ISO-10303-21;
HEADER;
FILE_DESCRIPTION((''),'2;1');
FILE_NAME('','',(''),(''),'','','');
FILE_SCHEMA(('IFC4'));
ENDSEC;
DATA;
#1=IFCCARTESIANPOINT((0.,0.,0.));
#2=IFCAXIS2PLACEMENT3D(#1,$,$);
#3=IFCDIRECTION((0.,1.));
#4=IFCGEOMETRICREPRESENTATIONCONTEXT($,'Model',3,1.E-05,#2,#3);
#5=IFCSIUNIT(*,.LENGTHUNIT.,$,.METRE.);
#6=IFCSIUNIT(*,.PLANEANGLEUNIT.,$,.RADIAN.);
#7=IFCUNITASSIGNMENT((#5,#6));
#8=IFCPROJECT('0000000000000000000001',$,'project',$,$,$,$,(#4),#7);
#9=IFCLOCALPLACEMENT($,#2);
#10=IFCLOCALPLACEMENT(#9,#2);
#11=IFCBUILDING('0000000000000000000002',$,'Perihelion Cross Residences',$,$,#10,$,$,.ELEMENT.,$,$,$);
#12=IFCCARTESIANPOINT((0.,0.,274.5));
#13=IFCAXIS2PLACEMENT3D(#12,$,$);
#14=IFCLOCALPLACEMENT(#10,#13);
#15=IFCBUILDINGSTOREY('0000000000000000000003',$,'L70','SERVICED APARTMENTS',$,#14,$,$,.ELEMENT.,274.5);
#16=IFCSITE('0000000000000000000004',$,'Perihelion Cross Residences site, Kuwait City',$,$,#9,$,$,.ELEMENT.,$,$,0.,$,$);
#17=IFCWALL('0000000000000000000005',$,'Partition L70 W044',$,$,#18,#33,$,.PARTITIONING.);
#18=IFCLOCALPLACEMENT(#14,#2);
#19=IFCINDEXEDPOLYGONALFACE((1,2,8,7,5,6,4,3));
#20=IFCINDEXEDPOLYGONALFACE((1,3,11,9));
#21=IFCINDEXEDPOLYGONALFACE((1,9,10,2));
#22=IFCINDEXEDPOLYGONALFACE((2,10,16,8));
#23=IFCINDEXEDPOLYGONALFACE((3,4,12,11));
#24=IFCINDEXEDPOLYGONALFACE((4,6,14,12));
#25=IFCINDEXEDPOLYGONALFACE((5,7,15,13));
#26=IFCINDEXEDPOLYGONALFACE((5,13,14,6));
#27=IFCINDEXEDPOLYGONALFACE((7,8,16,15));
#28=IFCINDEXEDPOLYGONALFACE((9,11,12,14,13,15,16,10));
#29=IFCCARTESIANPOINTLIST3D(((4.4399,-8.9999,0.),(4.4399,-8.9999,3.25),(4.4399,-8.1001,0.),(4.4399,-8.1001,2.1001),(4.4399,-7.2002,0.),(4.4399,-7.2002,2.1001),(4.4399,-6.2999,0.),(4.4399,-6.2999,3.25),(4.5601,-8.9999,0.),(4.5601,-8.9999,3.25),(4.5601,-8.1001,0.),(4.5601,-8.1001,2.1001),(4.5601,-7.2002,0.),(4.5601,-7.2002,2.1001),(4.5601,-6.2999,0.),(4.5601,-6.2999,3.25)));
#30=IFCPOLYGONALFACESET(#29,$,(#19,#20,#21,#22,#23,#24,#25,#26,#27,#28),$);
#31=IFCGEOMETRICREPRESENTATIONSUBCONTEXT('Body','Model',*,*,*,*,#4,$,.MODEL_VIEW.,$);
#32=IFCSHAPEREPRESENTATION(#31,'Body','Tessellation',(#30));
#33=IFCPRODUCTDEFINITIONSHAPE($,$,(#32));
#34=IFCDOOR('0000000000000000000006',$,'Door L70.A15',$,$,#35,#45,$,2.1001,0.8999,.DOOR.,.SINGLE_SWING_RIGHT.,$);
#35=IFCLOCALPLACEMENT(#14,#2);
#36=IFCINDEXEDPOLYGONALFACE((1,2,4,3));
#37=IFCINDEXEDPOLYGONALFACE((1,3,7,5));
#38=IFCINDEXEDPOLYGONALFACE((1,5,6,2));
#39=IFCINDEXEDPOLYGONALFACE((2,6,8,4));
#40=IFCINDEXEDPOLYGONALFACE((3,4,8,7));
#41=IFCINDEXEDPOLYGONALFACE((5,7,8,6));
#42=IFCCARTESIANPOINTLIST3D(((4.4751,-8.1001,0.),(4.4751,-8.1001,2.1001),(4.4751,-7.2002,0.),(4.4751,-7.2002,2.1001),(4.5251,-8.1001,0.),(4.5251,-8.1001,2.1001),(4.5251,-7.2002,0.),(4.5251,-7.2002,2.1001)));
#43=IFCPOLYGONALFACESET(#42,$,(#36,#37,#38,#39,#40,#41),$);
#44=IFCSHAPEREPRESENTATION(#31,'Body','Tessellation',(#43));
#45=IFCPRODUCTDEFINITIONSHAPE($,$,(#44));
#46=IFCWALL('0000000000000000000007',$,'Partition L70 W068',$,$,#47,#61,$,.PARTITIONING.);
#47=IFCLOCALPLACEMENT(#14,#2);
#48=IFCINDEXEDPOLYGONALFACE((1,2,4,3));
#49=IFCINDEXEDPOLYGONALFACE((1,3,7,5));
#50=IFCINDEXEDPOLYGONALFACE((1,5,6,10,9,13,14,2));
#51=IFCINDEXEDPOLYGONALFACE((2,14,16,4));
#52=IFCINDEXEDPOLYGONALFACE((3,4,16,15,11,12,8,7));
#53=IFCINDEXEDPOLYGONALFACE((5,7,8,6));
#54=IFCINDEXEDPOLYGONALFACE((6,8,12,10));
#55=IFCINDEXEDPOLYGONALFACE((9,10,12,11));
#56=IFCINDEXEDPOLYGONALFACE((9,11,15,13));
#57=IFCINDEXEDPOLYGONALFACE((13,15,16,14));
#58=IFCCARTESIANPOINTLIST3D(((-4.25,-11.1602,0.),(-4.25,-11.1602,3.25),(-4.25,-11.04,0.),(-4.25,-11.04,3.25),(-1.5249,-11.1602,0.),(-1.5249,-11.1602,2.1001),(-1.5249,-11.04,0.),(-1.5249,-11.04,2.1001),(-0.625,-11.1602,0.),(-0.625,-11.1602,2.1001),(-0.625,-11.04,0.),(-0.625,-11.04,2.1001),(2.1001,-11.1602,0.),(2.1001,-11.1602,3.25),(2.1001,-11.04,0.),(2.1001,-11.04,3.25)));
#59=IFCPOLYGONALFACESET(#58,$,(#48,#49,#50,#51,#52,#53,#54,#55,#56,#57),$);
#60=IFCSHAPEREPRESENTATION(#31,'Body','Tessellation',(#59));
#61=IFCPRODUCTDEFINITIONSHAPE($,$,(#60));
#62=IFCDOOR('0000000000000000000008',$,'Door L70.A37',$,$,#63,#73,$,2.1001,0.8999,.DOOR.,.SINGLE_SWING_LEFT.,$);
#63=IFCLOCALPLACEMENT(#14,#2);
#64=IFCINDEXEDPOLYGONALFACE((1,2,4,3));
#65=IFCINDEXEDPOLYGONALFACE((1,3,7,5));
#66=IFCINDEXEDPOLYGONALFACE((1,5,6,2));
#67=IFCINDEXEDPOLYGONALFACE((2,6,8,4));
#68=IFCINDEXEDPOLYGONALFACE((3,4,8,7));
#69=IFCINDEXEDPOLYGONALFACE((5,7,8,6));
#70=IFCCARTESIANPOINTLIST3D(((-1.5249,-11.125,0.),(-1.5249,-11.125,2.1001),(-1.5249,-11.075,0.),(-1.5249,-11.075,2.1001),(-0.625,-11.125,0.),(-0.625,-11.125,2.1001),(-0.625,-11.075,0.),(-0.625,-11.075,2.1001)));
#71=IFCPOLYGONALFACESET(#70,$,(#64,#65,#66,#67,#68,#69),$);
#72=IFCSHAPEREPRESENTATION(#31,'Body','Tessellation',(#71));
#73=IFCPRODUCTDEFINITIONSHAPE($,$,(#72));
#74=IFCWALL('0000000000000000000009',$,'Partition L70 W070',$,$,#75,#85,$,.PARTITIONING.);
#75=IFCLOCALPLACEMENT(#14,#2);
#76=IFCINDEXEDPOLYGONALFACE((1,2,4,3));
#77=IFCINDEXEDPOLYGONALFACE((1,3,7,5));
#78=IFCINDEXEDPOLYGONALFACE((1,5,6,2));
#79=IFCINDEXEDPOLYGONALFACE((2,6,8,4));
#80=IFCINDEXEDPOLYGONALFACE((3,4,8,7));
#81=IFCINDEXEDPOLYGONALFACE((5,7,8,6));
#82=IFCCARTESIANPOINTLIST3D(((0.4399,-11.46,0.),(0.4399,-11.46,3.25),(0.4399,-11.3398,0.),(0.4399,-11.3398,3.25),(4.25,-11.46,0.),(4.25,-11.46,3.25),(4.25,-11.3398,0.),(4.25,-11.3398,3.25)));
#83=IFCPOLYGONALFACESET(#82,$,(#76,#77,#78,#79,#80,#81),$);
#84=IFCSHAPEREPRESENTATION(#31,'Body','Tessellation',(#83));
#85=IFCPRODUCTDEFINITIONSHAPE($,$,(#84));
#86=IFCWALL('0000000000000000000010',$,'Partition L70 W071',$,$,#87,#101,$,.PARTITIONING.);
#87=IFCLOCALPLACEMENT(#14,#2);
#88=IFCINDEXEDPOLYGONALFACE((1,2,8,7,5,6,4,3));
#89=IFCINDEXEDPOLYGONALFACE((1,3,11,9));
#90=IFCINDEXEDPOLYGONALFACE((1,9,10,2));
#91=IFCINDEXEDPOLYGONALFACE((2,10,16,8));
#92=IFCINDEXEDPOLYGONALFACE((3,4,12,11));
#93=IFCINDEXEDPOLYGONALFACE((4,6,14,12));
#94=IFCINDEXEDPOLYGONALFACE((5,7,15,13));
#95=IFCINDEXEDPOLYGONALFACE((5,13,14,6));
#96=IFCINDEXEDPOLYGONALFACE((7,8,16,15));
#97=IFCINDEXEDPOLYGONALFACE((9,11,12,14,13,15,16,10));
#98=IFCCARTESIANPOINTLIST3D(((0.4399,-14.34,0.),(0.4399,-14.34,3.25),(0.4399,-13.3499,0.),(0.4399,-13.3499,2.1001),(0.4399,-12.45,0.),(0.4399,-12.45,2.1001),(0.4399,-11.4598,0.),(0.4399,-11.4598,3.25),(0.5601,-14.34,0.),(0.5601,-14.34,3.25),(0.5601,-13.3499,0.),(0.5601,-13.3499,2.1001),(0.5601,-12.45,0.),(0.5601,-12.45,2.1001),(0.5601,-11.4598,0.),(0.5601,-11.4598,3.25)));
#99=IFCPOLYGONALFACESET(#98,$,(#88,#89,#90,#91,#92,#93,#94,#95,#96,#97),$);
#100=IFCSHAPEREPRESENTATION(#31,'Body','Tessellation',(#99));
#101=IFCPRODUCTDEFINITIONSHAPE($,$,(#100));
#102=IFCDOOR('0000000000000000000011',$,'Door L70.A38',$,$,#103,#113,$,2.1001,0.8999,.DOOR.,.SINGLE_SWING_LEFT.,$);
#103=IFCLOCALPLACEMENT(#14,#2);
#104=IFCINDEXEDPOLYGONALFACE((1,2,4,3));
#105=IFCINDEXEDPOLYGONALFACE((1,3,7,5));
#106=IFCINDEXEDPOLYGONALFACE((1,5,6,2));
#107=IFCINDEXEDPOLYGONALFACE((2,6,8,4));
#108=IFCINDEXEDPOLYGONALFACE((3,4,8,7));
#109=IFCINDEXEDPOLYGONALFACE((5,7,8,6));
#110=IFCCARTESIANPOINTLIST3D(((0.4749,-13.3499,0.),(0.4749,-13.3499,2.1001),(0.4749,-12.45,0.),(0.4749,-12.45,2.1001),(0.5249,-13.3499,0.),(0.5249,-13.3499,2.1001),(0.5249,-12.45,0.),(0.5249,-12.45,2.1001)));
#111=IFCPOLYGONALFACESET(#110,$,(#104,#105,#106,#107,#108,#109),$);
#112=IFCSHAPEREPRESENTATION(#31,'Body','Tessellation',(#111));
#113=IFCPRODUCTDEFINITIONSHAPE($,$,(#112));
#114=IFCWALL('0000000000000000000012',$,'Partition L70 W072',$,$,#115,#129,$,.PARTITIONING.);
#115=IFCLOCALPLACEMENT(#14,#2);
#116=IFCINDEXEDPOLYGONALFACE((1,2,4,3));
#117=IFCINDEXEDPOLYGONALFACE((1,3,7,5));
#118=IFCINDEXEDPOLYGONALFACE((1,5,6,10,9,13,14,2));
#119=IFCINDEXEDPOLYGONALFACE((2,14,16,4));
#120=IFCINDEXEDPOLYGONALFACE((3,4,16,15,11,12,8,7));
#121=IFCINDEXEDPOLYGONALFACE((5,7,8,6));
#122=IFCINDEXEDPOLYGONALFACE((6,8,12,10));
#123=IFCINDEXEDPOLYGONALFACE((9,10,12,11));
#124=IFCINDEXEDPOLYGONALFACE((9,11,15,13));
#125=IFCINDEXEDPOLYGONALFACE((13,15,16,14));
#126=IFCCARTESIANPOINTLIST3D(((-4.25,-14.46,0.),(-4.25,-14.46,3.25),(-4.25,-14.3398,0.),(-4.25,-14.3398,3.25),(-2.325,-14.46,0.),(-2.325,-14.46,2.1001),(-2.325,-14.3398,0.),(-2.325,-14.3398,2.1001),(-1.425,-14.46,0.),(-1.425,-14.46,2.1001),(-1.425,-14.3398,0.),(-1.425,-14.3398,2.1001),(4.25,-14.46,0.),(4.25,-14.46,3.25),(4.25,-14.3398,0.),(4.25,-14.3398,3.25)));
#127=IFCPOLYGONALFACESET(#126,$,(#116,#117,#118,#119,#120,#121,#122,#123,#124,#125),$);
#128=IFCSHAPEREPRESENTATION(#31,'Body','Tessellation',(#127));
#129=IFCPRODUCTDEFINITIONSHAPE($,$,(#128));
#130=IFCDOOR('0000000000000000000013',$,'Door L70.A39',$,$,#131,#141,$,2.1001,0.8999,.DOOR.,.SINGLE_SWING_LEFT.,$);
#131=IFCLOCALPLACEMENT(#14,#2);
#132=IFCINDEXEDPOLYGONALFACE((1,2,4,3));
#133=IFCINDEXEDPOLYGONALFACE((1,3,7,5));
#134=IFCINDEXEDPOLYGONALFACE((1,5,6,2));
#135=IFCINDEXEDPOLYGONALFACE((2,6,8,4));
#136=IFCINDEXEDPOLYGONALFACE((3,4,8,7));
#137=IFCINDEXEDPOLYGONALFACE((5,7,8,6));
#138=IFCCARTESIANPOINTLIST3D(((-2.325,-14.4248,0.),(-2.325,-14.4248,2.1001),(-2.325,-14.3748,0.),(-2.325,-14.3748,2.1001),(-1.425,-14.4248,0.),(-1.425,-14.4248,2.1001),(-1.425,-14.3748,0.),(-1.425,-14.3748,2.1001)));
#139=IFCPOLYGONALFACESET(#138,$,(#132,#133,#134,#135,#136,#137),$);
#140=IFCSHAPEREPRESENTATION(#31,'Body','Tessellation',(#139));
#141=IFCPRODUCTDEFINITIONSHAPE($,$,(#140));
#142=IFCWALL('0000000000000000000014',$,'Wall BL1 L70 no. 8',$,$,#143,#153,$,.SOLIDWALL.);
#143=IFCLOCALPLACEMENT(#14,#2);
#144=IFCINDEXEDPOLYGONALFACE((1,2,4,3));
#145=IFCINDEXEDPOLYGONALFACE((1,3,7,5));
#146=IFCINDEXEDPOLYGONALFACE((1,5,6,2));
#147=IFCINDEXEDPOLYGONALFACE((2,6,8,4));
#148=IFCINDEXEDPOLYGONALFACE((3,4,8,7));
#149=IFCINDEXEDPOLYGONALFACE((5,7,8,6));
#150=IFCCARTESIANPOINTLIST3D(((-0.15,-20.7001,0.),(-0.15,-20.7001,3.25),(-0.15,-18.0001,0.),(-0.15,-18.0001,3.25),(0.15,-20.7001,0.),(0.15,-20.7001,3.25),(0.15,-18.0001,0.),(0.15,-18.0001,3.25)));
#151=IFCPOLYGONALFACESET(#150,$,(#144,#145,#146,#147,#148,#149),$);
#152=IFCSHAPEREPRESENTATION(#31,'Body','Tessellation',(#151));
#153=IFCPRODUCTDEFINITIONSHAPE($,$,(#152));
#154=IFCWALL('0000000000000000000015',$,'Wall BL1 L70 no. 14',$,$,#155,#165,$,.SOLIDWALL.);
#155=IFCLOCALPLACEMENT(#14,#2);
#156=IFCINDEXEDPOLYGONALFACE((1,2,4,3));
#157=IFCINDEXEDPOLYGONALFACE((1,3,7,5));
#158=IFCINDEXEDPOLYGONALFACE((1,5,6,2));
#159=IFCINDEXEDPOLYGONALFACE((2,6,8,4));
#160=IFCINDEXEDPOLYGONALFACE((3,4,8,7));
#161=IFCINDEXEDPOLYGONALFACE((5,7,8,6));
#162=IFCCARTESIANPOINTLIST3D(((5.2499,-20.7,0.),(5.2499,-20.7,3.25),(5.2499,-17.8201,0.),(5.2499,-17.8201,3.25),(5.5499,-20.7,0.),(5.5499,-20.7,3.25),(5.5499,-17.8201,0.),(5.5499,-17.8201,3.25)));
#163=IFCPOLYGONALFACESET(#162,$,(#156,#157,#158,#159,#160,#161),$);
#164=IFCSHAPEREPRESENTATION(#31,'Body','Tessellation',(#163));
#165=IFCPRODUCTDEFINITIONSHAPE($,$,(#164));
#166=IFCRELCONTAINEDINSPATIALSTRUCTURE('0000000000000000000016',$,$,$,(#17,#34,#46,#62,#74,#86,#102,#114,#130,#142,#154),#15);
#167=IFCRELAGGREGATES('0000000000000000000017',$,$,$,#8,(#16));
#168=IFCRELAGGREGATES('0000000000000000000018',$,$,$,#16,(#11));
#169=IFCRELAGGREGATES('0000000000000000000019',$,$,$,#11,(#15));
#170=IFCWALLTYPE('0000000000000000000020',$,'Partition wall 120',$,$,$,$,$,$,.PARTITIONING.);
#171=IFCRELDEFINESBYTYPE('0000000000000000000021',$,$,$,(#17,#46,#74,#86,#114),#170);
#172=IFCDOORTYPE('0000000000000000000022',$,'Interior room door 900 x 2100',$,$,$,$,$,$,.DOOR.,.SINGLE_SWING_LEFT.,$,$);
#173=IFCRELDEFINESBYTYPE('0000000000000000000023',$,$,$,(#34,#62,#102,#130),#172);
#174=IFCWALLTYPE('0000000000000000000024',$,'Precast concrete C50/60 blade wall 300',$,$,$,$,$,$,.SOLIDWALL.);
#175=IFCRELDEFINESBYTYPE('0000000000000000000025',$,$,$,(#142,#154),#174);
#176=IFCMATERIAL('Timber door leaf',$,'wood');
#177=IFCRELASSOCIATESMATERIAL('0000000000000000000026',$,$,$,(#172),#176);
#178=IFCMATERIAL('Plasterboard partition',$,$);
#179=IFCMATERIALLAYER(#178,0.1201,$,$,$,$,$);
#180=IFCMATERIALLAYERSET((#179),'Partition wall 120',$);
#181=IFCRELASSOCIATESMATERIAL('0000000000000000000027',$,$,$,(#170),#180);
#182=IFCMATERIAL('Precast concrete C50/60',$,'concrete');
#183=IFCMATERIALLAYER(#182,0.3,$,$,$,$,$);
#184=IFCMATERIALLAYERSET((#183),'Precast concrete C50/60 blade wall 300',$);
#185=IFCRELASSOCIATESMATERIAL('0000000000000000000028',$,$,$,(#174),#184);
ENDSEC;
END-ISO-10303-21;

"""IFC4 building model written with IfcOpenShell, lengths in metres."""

from ifc_helpers import new_model, si_unit, direction, frame, frame_2d, origin, place, context, subcontext, project, spatial, rectangle, extrude, material, layer, layer_set, type_object, element, fill, save


model = new_model("IFC4")

# Units and contexts
model_context = context("Model", 3, precision=1e-05, world=origin(), true_north=direction((0.0, 1.0)))
body_context = subcontext(model_context, "Body", "Model", "MODEL_VIEW")
ifc_project = project(units=[si_unit("LENGTHUNIT", "METRE"), si_unit("PLANEANGLEUNIT", "RADIAN")], contexts=[model_context])

# Site, building, storey
site_placement = place(None, origin())
site = spatial("IfcSite", under=ifc_project, at=site_placement, Name="Perihelion Cross Residences site, Kuwait City", CompositionType="ELEMENT", RefElevation=0.0)
building_placement = place(site_placement, origin())
building = spatial("IfcBuilding", under=site, at=building_placement, Name="Perihelion Cross Residences", CompositionType="ELEMENT")
storey_placement = place(building_placement, frame((0.0, 0.0, 274.5)))
storey = spatial("IfcBuildingStorey", under=building, at=storey_placement, Name="L70", Description="SERVICED APARTMENTS", CompositionType="ELEMENT", Elevation=274.5)

# Walls, openings, doors
ifc_material_1 = material(Name="Timber door leaf", Category="wood")
door_type_1 = type_object("IfcDoorType", Name="Interior room door 900 x 2100", OperationType="SINGLE_SWING_LEFT", PredefinedType="DOOR", material=ifc_material_1)
ifc_material_2 = material(Name="Plasterboard partition")
ifc_layer_1 = layer(ifc_material_2, 0.1201)
ifc_layer_set_1 = layer_set([ifc_layer_1], Name="Partition wall 120")
wall_type_1 = type_object("IfcWallType", Name="Partition wall 120", PredefinedType="PARTITIONING", material=ifc_layer_set_1)
wall_1_placement = place(storey_placement, frame((4.5, -9.0, 0.0), z_axis=(0.0, 0.0, 1.0), x_axis=(0.0, 1.0, 0.0)))
wall_1 = element("IfcWall", 1, at=wall_1_placement, inside=storey, type_object=wall_type_1, Name="Partition L70 W044", PredefinedType="PARTITIONING", context=body_context, shape_type="SweptSolid", body=[
    extrude(rectangle(XDim=2.7, YDim=0.1201, at=frame_2d((1.3501, 0.0))), origin(), (0.0, 0.0, 1.0), 3.25),
])
opening_1_placement = place(wall_1_placement, frame((0.8999, 0.0, 0.0)))
opening_1 = element("IfcOpeningElement", 2, at=opening_1_placement, cuts=wall_1, PredefinedType="OPENING", context=body_context, shape_type="SweptSolid", body=[
    extrude(rectangle(XDim=0.8999, YDim=2.1001, at=frame_2d((0.45, 1.05))), frame((0.0, 0.0701, 0.0), z_axis=(0.0, -1.0, 0.0), x_axis=(1.0, 0.0, 0.0)), (0.0, 0.0, 1.0), 0.1401),
])
door_1_placement = place(opening_1_placement, origin())
door_1 = element("IfcDoor", 3, at=door_1_placement, inside=storey, type_object=door_type_1, Name="Door L70.A15", OperationType="SINGLE_SWING_RIGHT", OverallHeight=2.1001, OverallWidth=0.8999, PredefinedType="DOOR", context=body_context, shape_type="SweptSolid", body=[
    extrude(rectangle(XDim=0.8999, YDim=2.1001, at=frame_2d((0.45, 1.05))), frame((0.0, 0.0249, 0.0), z_axis=(0.0, -1.0, 0.0), x_axis=(1.0, 0.0, 0.0)), (0.0, 0.0, 1.0), 0.05),
])
fill(opening_1, door_1)
wall_2_placement = place(storey_placement, frame((2.1001, -11.1001, 0.0), z_axis=(0.0, 0.0, 1.0), x_axis=(-1.0, 0.0, 0.0)))
wall_2 = element("IfcWall", 4, at=wall_2_placement, inside=storey, type_object=wall_type_1, Name="Partition L70 W068", PredefinedType="PARTITIONING", context=body_context, shape_type="SweptSolid", body=[
    extrude(rectangle(XDim=6.3501, YDim=0.1201, at=frame_2d((3.175, 0.0))), origin(), (0.0, 0.0, 1.0), 3.25),
])
opening_2_placement = place(wall_2_placement, frame((2.7251, 0.0, 0.0)))
opening_2 = element("IfcOpeningElement", 5, at=opening_2_placement, cuts=wall_2, PredefinedType="OPENING", context=body_context, shape_type="SweptSolid", body=[
    extrude(rectangle(XDim=0.8999, YDim=2.1001, at=frame_2d((0.45, 1.05))), frame((0.0, 0.0701, 0.0), z_axis=(0.0, -1.0, 0.0), x_axis=(1.0, 0.0, 0.0)), (0.0, 0.0, 1.0), 0.1401),
])
door_2_placement = place(opening_2_placement, origin())
door_2 = element("IfcDoor", 6, at=door_2_placement, inside=storey, type_object=door_type_1, Name="Door L70.A37", OperationType="SINGLE_SWING_LEFT", OverallHeight=2.1001, OverallWidth=0.8999, PredefinedType="DOOR", context=body_context, shape_type="SweptSolid", body=[
    extrude(rectangle(XDim=0.8999, YDim=2.1001, at=frame_2d((0.45, 1.05))), frame((0.0, 0.0249, 0.0), z_axis=(0.0, -1.0, 0.0), x_axis=(1.0, 0.0, 0.0)), (0.0, 0.0, 1.0), 0.05),
])
fill(opening_2, door_2)

# Wall
wall_3_placement = place(storey_placement, frame((4.25, -11.3999, 0.0), z_axis=(0.0, 0.0, 1.0), x_axis=(-1.0, 0.0, 0.0)))
element("IfcWall", 7, at=wall_3_placement, inside=storey, type_object=wall_type_1, Name="Partition L70 W070", PredefinedType="PARTITIONING", context=body_context, shape_type="SweptSolid", body=[
    extrude(rectangle(XDim=3.8101, YDim=0.1201, at=frame_2d((1.905, 0.0))), origin(), (0.0, 0.0, 1.0), 3.25),
])

# Walls, openings, doors
wall_4_placement = place(storey_placement, frame((0.5, -11.46, 0.0), z_axis=(0.0, 0.0, 1.0), x_axis=(0.0, -1.0, 0.0)))
wall_4 = element("IfcWall", 8, at=wall_4_placement, inside=storey, type_object=wall_type_1, Name="Partition L70 W071", PredefinedType="PARTITIONING", context=body_context, shape_type="SweptSolid", body=[
    extrude(rectangle(XDim=2.8801, YDim=0.1201, at=frame_2d((1.4399, 0.0))), origin(), (0.0, 0.0, 1.0), 3.25),
])
opening_3_placement = place(wall_4_placement, frame((0.99, 0.0, 0.0)))
opening_3 = element("IfcOpeningElement", 9, at=opening_3_placement, cuts=wall_4, PredefinedType="OPENING", context=body_context, shape_type="SweptSolid", body=[
    extrude(rectangle(XDim=0.8999, YDim=2.1001, at=frame_2d((0.45, 1.05))), frame((0.0, 0.0701, 0.0), z_axis=(0.0, -1.0, 0.0), x_axis=(1.0, 0.0, 0.0)), (0.0, 0.0, 1.0), 0.1401),
])
door_3_placement = place(opening_3_placement, origin())
door_3 = element("IfcDoor", 10, at=door_3_placement, inside=storey, type_object=door_type_1, Name="Door L70.A38", OperationType="SINGLE_SWING_LEFT", OverallHeight=2.1001, OverallWidth=0.8999, PredefinedType="DOOR", context=body_context, shape_type="SweptSolid", body=[
    extrude(rectangle(XDim=0.8999, YDim=2.1001, at=frame_2d((0.45, 1.05))), frame((0.0, 0.0249, 0.0), z_axis=(0.0, -1.0, 0.0), x_axis=(1.0, 0.0, 0.0)), (0.0, 0.0, 1.0), 0.05),
])
fill(opening_3, door_3)
wall_5_placement = place(storey_placement, frame((4.25, -14.3999, 0.0), z_axis=(0.0, 0.0, 1.0), x_axis=(-1.0, 0.0, 0.0)))
wall_5 = element("IfcWall", 11, at=wall_5_placement, inside=storey, type_object=wall_type_1, Name="Partition L70 W072", PredefinedType="PARTITIONING", context=body_context, shape_type="SweptSolid", body=[
    extrude(rectangle(XDim=8.5, YDim=0.1201, at=frame_2d((4.25, 0.0))), origin(), (0.0, 0.0, 1.0), 3.25),
])
opening_4_placement = place(wall_5_placement, frame((5.675, 0.0, 0.0)))
opening_4 = element("IfcOpeningElement", 12, at=opening_4_placement, cuts=wall_5, PredefinedType="OPENING", context=body_context, shape_type="SweptSolid", body=[
    extrude(rectangle(XDim=0.8999, YDim=2.1001, at=frame_2d((0.45, 1.05))), frame((0.0, 0.0701, 0.0), z_axis=(0.0, -1.0, 0.0), x_axis=(1.0, 0.0, 0.0)), (0.0, 0.0, 1.0), 0.1401),
])
door_4_placement = place(opening_4_placement, origin())
door_4 = element("IfcDoor", 13, at=door_4_placement, inside=storey, type_object=door_type_1, Name="Door L70.A39", OperationType="SINGLE_SWING_LEFT", OverallHeight=2.1001, OverallWidth=0.8999, PredefinedType="DOOR", context=body_context, shape_type="SweptSolid", body=[
    extrude(rectangle(XDim=0.8999, YDim=2.1001, at=frame_2d((0.45, 1.05))), frame((0.0, 0.0249, 0.0), z_axis=(0.0, -1.0, 0.0), x_axis=(1.0, 0.0, 0.0)), (0.0, 0.0, 1.0), 0.05),
])
fill(opening_4, door_4)

# Walls
ifc_material_3 = material(Name="Precast concrete C50/60", Category="concrete")
ifc_layer_2 = layer(ifc_material_3, 0.3)
ifc_layer_set_2 = layer_set([ifc_layer_2], Name="Precast concrete C50/60 blade wall 300")
wall_type_2 = type_object("IfcWallType", Name="Precast concrete C50/60 blade wall 300", PredefinedType="SOLIDWALL", material=ifc_layer_set_2)
wall_6_placement = place(storey_placement, frame((0.0, -18.0, 0.0), z_axis=(0.0, 0.0, 1.0), x_axis=(0.0, -1.0, 0.0)))
element("IfcWall", 14, at=wall_6_placement, inside=storey, type_object=wall_type_2, Name="Wall BL1 L70 no. 8", PredefinedType="SOLIDWALL", context=body_context, shape_type="SweptSolid", body=[
    extrude(rectangle(XDim=2.7, YDim=0.3, at=frame_2d((1.3501, 0.0))), origin(), (0.0, 0.0, 1.0), 3.25),
])
wall_7_placement = place(storey_placement, frame((5.3999, -17.8201, 0.0), z_axis=(0.0, 0.0, 1.0), x_axis=(0.0, -1.0, 0.0)))
element("IfcWall", 15, at=wall_7_placement, inside=storey, type_object=wall_type_2, Name="Wall BL1 L70 no. 14", PredefinedType="SOLIDWALL", context=body_context, shape_type="SweptSolid", body=[
    extrude(rectangle(XDim=2.8799, YDim=0.3, at=frame_2d((1.4399, 0.0))), origin(), (0.0, 0.0, 1.0), 3.25),
])

save(model, "model.ifc")
